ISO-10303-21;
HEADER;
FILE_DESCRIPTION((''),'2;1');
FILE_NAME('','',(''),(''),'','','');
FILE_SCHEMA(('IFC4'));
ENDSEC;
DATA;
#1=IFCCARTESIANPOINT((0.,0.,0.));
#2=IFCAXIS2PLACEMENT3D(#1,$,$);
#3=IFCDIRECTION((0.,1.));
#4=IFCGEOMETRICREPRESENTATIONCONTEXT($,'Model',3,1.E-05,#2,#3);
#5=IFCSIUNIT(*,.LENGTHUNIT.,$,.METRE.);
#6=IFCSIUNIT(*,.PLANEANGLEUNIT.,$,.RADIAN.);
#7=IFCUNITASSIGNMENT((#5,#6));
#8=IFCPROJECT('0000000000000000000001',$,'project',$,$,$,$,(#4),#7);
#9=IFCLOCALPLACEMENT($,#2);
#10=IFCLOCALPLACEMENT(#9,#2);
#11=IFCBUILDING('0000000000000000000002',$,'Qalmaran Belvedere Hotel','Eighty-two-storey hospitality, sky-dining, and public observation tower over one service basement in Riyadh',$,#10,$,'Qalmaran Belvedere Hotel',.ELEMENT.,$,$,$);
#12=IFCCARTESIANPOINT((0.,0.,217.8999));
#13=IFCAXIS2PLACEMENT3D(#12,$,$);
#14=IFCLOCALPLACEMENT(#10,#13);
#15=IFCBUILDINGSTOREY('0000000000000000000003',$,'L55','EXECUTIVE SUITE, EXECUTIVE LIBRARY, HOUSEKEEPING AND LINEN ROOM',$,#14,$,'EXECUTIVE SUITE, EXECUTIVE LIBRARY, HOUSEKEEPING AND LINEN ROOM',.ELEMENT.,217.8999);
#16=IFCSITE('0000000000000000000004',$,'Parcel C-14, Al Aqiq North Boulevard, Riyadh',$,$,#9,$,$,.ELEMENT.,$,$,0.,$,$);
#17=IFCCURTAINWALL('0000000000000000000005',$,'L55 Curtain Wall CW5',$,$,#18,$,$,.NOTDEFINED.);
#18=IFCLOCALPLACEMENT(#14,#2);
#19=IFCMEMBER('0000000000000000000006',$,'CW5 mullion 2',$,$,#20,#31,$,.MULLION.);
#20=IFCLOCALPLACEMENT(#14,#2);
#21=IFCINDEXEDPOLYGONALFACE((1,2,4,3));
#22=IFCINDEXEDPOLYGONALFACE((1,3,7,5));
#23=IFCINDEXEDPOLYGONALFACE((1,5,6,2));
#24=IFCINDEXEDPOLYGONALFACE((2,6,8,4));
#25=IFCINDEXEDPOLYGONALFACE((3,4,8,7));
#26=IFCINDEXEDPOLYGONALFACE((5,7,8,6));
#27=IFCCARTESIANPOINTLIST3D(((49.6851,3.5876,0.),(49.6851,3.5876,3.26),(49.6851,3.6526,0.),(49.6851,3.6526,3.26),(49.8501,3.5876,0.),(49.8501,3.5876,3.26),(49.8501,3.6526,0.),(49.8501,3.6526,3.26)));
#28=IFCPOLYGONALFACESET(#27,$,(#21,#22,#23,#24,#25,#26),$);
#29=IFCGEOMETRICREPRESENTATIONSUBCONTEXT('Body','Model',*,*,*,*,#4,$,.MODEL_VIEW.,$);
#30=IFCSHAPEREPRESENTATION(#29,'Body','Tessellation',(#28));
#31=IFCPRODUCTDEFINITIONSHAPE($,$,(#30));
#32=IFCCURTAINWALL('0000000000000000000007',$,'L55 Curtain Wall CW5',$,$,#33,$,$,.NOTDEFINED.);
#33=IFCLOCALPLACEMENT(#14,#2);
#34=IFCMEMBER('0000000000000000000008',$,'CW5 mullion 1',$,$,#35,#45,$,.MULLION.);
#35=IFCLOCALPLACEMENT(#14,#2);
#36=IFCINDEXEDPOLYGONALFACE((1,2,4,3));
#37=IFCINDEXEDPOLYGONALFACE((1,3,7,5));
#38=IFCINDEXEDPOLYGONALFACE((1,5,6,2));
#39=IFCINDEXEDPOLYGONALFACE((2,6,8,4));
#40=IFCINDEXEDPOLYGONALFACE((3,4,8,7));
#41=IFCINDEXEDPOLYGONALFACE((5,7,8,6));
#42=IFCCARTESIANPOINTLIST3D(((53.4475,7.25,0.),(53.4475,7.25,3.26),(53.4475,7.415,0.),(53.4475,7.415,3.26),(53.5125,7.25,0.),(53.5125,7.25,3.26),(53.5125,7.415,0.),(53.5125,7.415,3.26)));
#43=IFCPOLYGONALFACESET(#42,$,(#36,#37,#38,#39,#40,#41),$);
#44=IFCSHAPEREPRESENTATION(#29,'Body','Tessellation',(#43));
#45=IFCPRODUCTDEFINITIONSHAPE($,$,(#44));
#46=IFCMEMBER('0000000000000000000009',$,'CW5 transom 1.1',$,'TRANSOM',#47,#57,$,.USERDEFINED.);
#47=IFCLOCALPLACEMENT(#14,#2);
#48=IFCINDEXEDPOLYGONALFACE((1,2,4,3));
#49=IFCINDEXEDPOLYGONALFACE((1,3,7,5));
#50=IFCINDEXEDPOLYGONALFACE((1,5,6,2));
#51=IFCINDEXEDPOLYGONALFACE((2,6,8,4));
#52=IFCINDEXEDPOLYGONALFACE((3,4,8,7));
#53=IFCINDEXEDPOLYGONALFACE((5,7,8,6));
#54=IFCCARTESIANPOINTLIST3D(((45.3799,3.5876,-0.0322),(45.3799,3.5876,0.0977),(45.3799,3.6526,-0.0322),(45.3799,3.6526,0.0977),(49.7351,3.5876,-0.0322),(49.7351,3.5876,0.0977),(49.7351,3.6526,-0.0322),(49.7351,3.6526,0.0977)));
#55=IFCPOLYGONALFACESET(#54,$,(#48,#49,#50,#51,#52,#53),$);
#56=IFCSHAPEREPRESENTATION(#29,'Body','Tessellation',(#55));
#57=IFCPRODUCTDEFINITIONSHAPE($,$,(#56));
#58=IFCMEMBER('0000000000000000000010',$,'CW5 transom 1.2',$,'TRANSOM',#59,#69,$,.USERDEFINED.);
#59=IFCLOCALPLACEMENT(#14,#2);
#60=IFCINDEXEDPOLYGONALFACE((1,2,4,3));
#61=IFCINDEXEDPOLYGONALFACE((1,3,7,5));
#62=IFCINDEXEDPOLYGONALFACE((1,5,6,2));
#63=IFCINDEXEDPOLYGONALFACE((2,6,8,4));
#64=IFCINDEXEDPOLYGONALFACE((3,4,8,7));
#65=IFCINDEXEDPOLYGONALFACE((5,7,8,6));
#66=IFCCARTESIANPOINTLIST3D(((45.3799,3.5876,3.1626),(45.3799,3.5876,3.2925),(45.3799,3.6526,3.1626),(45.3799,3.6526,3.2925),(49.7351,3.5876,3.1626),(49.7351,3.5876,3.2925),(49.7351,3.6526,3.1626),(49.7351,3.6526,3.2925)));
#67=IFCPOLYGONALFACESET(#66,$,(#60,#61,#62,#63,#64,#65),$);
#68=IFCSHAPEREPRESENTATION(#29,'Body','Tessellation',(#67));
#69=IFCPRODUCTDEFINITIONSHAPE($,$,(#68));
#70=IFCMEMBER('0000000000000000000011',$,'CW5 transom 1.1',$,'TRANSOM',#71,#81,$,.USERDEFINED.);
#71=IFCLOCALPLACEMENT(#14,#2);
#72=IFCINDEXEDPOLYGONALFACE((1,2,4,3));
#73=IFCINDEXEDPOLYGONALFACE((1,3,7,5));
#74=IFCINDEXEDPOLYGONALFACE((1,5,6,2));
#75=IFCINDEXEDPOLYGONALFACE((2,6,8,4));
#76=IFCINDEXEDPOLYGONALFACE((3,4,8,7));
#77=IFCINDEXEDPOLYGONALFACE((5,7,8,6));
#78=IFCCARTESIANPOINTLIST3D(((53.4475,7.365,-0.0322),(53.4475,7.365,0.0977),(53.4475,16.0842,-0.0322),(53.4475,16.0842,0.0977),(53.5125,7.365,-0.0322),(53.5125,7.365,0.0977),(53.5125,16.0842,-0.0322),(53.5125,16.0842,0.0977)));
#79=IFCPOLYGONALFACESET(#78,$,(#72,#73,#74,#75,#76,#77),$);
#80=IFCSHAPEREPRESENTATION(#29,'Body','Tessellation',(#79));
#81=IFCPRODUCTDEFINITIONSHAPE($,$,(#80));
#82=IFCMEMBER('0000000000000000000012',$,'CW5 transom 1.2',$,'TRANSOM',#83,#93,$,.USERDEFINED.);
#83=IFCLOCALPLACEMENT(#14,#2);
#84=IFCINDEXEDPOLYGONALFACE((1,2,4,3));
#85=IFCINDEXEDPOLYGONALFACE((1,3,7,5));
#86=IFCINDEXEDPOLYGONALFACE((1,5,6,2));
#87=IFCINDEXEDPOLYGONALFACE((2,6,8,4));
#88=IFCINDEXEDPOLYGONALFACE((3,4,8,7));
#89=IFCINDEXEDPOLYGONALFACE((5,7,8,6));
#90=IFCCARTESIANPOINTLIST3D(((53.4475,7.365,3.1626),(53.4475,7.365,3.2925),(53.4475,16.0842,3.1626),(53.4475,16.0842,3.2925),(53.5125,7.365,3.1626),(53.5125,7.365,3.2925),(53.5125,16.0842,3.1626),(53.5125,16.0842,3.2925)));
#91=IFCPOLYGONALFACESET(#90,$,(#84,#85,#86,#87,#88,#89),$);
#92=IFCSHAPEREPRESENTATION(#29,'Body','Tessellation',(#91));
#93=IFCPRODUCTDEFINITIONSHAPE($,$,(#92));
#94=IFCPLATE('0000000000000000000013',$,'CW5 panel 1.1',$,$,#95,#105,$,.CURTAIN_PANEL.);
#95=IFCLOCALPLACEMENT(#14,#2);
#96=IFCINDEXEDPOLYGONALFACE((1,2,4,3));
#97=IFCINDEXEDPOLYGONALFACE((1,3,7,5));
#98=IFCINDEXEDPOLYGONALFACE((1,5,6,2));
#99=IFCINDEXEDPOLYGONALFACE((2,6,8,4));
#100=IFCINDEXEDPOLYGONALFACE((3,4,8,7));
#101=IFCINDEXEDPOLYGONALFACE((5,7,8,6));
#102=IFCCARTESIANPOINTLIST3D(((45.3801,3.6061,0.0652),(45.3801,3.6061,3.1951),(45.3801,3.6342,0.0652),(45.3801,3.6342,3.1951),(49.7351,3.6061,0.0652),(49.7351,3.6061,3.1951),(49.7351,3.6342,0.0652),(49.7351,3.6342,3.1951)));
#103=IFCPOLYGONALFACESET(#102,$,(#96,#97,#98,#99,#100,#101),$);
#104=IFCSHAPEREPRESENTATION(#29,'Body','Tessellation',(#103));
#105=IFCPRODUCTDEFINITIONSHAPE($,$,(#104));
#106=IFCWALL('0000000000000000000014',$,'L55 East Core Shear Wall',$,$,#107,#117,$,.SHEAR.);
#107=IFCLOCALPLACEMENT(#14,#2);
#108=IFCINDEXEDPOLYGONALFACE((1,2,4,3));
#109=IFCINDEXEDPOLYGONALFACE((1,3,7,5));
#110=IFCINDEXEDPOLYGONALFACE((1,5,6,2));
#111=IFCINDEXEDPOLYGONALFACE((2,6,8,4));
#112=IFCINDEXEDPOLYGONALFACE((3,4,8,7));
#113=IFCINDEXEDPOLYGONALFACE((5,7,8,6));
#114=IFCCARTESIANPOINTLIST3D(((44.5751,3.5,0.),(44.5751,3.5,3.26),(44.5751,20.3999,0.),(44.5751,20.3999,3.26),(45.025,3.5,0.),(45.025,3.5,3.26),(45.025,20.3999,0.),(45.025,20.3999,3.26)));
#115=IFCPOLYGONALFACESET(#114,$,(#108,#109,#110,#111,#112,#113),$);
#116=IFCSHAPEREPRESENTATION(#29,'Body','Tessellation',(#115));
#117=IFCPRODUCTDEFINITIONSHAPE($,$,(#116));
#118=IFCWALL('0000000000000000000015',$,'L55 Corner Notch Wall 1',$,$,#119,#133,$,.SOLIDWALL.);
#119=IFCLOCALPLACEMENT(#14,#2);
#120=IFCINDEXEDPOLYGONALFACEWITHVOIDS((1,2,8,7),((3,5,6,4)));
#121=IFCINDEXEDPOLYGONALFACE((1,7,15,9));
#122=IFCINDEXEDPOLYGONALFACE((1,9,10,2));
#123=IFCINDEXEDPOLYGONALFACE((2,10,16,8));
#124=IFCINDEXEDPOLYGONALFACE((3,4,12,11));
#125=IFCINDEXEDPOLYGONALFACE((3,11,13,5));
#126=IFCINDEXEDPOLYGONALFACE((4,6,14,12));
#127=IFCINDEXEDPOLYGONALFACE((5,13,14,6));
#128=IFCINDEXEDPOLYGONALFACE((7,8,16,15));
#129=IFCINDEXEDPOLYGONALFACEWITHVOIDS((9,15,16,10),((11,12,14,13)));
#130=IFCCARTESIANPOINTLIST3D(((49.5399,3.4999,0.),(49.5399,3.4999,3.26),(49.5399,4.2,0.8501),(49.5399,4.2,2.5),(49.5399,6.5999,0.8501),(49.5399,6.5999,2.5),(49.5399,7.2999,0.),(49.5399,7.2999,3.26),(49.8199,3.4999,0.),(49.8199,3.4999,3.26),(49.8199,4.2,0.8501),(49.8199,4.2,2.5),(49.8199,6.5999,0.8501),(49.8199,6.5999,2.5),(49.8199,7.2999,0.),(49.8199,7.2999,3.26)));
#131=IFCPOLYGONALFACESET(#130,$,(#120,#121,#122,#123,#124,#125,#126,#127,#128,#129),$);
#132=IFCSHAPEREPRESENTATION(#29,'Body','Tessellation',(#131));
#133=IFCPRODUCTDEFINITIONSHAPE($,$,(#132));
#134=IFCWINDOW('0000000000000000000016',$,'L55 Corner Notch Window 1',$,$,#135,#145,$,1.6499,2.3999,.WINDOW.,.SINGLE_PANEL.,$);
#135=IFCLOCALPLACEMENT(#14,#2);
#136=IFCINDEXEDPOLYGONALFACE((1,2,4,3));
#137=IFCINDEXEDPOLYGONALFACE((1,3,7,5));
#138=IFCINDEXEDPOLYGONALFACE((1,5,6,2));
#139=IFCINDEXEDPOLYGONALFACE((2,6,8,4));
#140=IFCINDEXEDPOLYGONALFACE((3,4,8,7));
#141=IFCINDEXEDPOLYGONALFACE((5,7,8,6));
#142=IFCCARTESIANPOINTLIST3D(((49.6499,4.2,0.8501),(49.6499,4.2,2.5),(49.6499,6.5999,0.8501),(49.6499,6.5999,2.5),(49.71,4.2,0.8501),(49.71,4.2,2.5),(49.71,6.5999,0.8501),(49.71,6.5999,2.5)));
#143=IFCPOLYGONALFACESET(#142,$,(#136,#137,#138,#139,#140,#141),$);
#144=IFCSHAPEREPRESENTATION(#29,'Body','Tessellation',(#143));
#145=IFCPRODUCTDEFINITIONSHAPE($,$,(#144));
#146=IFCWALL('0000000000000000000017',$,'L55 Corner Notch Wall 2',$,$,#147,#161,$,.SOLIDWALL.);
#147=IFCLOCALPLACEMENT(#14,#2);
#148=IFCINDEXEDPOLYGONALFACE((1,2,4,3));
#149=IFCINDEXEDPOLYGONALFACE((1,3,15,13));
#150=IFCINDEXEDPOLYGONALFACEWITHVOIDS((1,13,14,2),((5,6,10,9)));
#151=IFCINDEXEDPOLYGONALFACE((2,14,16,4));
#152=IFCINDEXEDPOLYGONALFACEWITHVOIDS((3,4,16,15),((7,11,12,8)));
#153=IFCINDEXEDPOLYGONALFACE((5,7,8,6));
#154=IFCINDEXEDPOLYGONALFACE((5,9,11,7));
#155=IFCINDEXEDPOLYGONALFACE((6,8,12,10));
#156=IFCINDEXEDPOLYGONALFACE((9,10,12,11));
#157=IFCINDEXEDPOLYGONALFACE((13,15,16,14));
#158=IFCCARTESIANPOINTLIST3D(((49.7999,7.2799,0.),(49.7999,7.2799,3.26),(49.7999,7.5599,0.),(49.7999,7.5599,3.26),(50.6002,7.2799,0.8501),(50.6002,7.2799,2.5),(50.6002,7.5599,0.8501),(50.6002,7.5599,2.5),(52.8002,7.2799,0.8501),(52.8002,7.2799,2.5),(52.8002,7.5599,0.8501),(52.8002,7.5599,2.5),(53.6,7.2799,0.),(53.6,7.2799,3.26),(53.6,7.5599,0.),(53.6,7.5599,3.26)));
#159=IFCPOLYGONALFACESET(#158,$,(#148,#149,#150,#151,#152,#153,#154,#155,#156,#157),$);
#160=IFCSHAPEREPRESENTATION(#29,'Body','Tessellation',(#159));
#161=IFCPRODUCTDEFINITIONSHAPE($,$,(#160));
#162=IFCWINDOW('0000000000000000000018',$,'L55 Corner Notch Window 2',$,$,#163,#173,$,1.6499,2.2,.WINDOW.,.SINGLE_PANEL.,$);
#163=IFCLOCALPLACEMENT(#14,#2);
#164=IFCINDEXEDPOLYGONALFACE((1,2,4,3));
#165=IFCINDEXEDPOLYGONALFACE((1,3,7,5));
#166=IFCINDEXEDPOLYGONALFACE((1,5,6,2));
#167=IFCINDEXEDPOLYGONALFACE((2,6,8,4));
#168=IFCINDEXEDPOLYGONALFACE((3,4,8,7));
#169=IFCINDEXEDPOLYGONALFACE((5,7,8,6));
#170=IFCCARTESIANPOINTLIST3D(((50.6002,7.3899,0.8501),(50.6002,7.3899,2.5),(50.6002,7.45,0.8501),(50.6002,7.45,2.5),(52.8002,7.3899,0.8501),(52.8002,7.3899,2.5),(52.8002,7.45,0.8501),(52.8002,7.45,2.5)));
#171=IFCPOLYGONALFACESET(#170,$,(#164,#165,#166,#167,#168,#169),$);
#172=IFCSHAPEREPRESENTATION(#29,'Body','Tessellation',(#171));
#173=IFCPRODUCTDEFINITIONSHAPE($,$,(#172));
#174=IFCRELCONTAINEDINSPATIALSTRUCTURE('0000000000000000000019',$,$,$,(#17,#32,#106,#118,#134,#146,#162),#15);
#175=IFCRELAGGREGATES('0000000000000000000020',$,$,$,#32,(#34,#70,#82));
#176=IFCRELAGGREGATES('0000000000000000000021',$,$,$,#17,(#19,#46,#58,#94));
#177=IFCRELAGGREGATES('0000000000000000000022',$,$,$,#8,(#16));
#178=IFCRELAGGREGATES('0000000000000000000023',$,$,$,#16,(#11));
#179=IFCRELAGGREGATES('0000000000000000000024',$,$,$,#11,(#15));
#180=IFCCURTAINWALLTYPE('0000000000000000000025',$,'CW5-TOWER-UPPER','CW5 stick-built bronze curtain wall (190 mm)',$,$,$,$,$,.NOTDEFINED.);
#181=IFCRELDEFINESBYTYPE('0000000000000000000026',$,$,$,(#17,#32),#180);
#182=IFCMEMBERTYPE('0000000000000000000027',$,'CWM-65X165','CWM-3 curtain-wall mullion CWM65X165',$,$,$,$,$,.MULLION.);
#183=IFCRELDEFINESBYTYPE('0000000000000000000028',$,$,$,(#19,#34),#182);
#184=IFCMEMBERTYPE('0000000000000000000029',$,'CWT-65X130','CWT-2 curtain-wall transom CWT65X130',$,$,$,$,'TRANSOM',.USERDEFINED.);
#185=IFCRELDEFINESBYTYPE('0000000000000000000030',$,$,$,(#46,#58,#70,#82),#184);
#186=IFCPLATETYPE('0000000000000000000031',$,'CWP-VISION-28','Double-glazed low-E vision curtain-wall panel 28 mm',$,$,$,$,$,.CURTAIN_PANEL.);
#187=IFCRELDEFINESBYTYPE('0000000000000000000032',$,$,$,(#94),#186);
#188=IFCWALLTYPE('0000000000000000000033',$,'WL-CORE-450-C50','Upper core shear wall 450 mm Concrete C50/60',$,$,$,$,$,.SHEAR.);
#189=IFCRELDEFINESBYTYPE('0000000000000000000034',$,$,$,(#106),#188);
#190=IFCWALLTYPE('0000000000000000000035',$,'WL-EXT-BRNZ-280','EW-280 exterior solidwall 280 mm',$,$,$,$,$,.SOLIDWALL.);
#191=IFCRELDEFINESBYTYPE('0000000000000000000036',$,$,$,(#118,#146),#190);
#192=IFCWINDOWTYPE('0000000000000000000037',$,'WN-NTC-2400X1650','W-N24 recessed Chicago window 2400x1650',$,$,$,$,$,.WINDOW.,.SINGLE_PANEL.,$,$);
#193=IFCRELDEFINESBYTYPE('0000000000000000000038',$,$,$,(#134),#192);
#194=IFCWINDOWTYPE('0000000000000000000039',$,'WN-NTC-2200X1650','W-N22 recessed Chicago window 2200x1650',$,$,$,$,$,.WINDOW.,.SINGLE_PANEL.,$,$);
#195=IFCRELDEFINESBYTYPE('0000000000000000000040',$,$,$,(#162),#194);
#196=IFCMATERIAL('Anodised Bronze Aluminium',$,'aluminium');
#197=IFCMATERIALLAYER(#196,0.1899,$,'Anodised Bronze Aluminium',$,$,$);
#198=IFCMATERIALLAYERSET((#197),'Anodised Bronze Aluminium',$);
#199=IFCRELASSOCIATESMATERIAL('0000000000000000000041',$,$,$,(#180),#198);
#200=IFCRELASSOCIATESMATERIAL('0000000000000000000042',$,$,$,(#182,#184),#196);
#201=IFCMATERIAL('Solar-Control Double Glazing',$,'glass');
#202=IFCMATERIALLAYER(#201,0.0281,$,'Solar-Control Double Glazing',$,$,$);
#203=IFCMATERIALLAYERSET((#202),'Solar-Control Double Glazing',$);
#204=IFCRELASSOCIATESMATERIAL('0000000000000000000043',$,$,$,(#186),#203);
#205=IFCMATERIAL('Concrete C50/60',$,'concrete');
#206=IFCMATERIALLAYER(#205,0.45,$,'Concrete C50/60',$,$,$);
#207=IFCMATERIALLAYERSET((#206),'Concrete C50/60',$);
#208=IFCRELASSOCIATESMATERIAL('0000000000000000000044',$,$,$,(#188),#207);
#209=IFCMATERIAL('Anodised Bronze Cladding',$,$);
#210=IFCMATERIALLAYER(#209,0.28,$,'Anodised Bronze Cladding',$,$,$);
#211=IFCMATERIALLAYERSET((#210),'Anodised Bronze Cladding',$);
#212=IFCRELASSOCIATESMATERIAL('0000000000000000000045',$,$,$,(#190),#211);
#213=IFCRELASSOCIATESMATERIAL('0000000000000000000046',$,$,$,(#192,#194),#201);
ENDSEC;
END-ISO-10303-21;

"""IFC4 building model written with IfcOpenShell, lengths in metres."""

from ifc_helpers import new_model, si_unit, direction, frame, frame_2d, origin, origin_2d, place, context, subcontext, project, spatial, rectangle, extrude, material, layer, layer_set, material_profile, profile_set, type_object, element, fill, aggregate, save


model = new_model("IFC4")

# Units and contexts
model_context = context("Model", 3, precision=1e-05, world=origin(), true_north=direction((0.0, 1.0)))
body_context = subcontext(model_context, "Body", "Model", "MODEL_VIEW")
ifc_project = project(units=[si_unit("LENGTHUNIT", "METRE"), si_unit("PLANEANGLEUNIT", "RADIAN")], contexts=[model_context])

# Site, building, storey
site_placement = place(None, origin())
site = spatial("IfcSite", under=ifc_project, at=site_placement, Name="Parcel C-14, Al Aqiq North Boulevard, Riyadh", CompositionType="ELEMENT", RefElevation=0.0)
building_placement = place(site_placement, origin())
building = spatial("IfcBuilding", under=site, at=building_placement, Name="Qalmaran Belvedere Hotel", Description="Eighty-two-storey hospitality, sky-dining, and public observation tower over one service basement in Riyadh", LongName="Qalmaran Belvedere Hotel", CompositionType="ELEMENT")
storey_placement = place(building_placement, frame((0.0, 0.0, 217.8999)))
storey = spatial("IfcBuildingStorey", under=building, at=storey_placement, Name="L55", Description="EXECUTIVE SUITE, EXECUTIVE LIBRARY, HOUSEKEEPING AND LINEN ROOM", LongName="EXECUTIVE SUITE, EXECUTIVE LIBRARY, HOUSEKEEPING AND LINEN ROOM", CompositionType="ELEMENT", Elevation=217.8999)

# Shared definitions
ifc_material_1 = material(Name="Concrete C50/60", Category="concrete")

# Curtain wall, member
ifc_material_2 = material(Name="Anodised Bronze Aluminium", Category="aluminium")
ifc_layer_1 = layer(ifc_material_2, 0.1899, Name="Anodised Bronze Aluminium")
ifc_layer_set_1 = layer_set([ifc_layer_1], Name="Anodised Bronze Aluminium")
curtain_wall_type = type_object("IfcCurtainWallType", Name="CW5-TOWER-UPPER", Description="CW5 stick-built bronze curtain wall (190 mm)", PredefinedType="NOTDEFINED", material=ifc_layer_set_1)
curtain_wall_1_placement = place(storey_placement, origin())
curtain_wall_1 = element("IfcCurtainWall", 1, at=curtain_wall_1_placement, inside=storey, type_object=curtain_wall_type, Name="L55 Curtain Wall CW5", PredefinedType="NOTDEFINED")
ifc_material_profile_1 = material_profile(ifc_material_2, rectangle(XDim=0.0649, YDim=0.165, at=origin_2d()), Name="CWM65X165")
ifc_profile_set_1 = profile_set([ifc_material_profile_1], Name="Anodised Bronze Aluminium")
member_type_1 = type_object("IfcMemberType", Name="CWM-65X165", Description="CWM-3 curtain-wall mullion CWM65X165", PredefinedType="MULLION", material=ifc_profile_set_1)
member_1_placement = place(storey_placement, frame((49.7676, 3.6201, 0.0), z_axis=(0.0, 0.0, 1.0), x_axis=(0.0, 1.0, 0.0)))
member_1 = element("IfcMember", 2, at=member_1_placement, type_object=member_type_1, Name="CW5 mullion 2", PredefinedType="MULLION", context=body_context, shape_type="SweptSolid", body=[
    extrude(rectangle(XDim=0.0649, YDim=0.165, at=origin_2d()), origin(), (0.0, 0.0, 1.0), 3.26),
])

# Curtain wall, member
curtain_wall_2_placement = place(storey_placement, origin())
curtain_wall_2 = element("IfcCurtainWall", 3, at=curtain_wall_2_placement, inside=storey, type_object=curtain_wall_type, Name="L55 Curtain Wall CW5", PredefinedType="NOTDEFINED")
member_2_placement = place(storey_placement, frame((53.48, 7.3325, 0.0), z_axis=(0.0, 0.0, 1.0), x_axis=(-1.0, 0.0, 0.0)))
member_2 = element("IfcMember", 4, at=member_2_placement, type_object=member_type_1, Name="CW5 mullion 1", PredefinedType="MULLION", context=body_context, shape_type="SweptSolid", body=[
    extrude(rectangle(XDim=0.0649, YDim=0.165, at=origin_2d()), origin(), (0.0, 0.0, 1.0), 3.26),
])

# Members
ifc_material_profile_2 = material_profile(ifc_material_2, rectangle(XDim=0.0649, YDim=0.1299, at=origin_2d()), Name="CWT65X130")
ifc_profile_set_2 = profile_set([ifc_material_profile_2], Name="Anodised Bronze Aluminium")
member_type_2 = type_object("IfcMemberType", Name="CWT-65X130", Description="CWT-2 curtain-wall transom CWT65X130", ElementType="TRANSOM", PredefinedType="USERDEFINED", material=ifc_profile_set_2)
member_3_placement = place(storey_placement, frame((45.3799, 3.6201, 0.0327), z_axis=(1.0, 0.0, 0.0), x_axis=(0.0, 1.0, 0.0)))
member_3 = element("IfcMember", 5, at=member_3_placement, type_object=member_type_2, Name="CW5 transom 1.1", ObjectType="TRANSOM", PredefinedType="USERDEFINED", context=body_context, shape_type="SweptSolid", body=[
    extrude(rectangle(XDim=0.0649, YDim=0.1299, at=origin_2d()), origin(), (0.0, 0.0, 1.0), 4.3552),
])
member_4_placement = place(storey_placement, frame((45.3799, 3.6201, 3.2275), z_axis=(1.0, 0.0, 0.0), x_axis=(0.0, 1.0, 0.0)))
member_4 = element("IfcMember", 6, at=member_4_placement, type_object=member_type_2, Name="CW5 transom 1.2", ObjectType="TRANSOM", PredefinedType="USERDEFINED", context=body_context, shape_type="SweptSolid", body=[
    extrude(rectangle(XDim=0.0649, YDim=0.1299, at=origin_2d()), origin(), (0.0, 0.0, 1.0), 4.3552),
])
member_5_placement = place(storey_placement, frame((53.48, 7.365, 0.0327), z_axis=(0.0, 1.0, 0.0), x_axis=(-1.0, 0.0, 0.0)))
member_5 = element("IfcMember", 7, at=member_5_placement, type_object=member_type_2, Name="CW5 transom 1.1", ObjectType="TRANSOM", PredefinedType="USERDEFINED", context=body_context, shape_type="SweptSolid", body=[
    extrude(rectangle(XDim=0.0649, YDim=0.1299, at=origin_2d()), origin(), (0.0, 0.0, 1.0), 8.7192),
])
member_6_placement = place(storey_placement, frame((53.48, 7.365, 3.2275), z_axis=(0.0, 1.0, 0.0), x_axis=(-1.0, 0.0, 0.0)))
member_6 = element("IfcMember", 8, at=member_6_placement, type_object=member_type_2, Name="CW5 transom 1.2", ObjectType="TRANSOM", PredefinedType="USERDEFINED", context=body_context, shape_type="SweptSolid", body=[
    extrude(rectangle(XDim=0.0649, YDim=0.1299, at=origin_2d()), origin(), (0.0, 0.0, 1.0), 8.7192),
])
aggregate(curtain_wall_2, [member_2, member_5, member_6])

# Plate
ifc_material_3 = material(Name="Solar-Control Double Glazing", Category="glass")
ifc_layer_2 = layer(ifc_material_3, 0.0281, Name="Solar-Control Double Glazing")
ifc_layer_set_2 = layer_set([ifc_layer_2], Name="Solar-Control Double Glazing")
plate_type = type_object("IfcPlateType", Name="CWP-VISION-28", Description="Double-glazed low-E vision curtain-wall panel 28 mm", PredefinedType="CURTAIN_PANEL", material=ifc_layer_set_2)
plate_placement = place(storey_placement, frame((47.5576, 3.6201, 0.0652), z_axis=(0.0, 0.0, 1.0), x_axis=(1.0, 0.0, 0.0)))
plate = element("IfcPlate", 9, at=plate_placement, type_object=plate_type, Name="CW5 panel 1.1", PredefinedType="CURTAIN_PANEL", context=body_context, shape_type="SweptSolid", body=[
    extrude(rectangle(XDim=4.355, YDim=0.0281, at=origin_2d()), origin(), (0.0, 0.0, 1.0), 3.1299),
])
aggregate(curtain_wall_1, [member_1, member_3, member_4, plate])

# Wall
ifc_layer_3 = layer(ifc_material_1, 0.45, Name="Concrete C50/60")
ifc_layer_set_3 = layer_set([ifc_layer_3], Name="Concrete C50/60")
wall_type_1 = type_object("IfcWallType", Name="WL-CORE-450-C50", Description="Upper core shear wall 450 mm Concrete C50/60", PredefinedType="SHEAR", material=ifc_layer_set_3)
wall_1_placement = place(storey_placement, frame((44.8, 3.5, 0.0), z_axis=(0.0, 0.0, 1.0), x_axis=(0.0, 1.0, 0.0)))
element("IfcWall", 10, at=wall_1_placement, inside=storey, type_object=wall_type_1, Name="L55 East Core Shear Wall", PredefinedType="SHEAR", context=body_context, shape_type="SweptSolid", body=[
    extrude(rectangle(XDim=16.8999, YDim=0.45, at=frame_2d((8.45, 0.0))), origin(), (0.0, 0.0, 1.0), 3.26),
])

# Walls, openings, windows
ifc_material_4 = material(Name="Anodised Bronze Cladding")
ifc_layer_4 = layer(ifc_material_4, 0.28, Name="Anodised Bronze Cladding")
ifc_layer_set_4 = layer_set([ifc_layer_4], Name="Anodised Bronze Cladding")
wall_type_2 = type_object("IfcWallType", Name="WL-EXT-BRNZ-280", Description="EW-280 exterior solidwall 280 mm", PredefinedType="SOLIDWALL", material=ifc_layer_set_4)
wall_2_placement = place(storey_placement, frame((49.6799, 3.5, 0.0), z_axis=(0.0, 0.0, 1.0), x_axis=(0.0, 1.0, 0.0)))
wall_2 = element("IfcWall", 11, at=wall_2_placement, inside=storey, type_object=wall_type_2, Name="L55 Corner Notch Wall 1", PredefinedType="SOLIDWALL", context=body_context, shape_type="SweptSolid", body=[
    extrude(rectangle(XDim=3.8, YDim=0.28, at=frame_2d((1.8999, 0.0))), origin(), (0.0, 0.0, 1.0), 3.26),
])
opening_1_placement = place(wall_2_placement, frame((0.7, 0.0, 0.8501)))
opening_1 = element("IfcOpeningElement", 12, at=opening_1_placement, cuts=wall_2, PredefinedType="OPENING", context=body_context, shape_type="SweptSolid", body=[
    extrude(rectangle(XDim=2.3999, YDim=1.6499, at=frame_2d((1.2, 0.825))), frame((0.0, 0.1499, 0.0), z_axis=(0.0, -1.0, 0.0), x_axis=(1.0, 0.0, 0.0)), (0.0, 0.0, 1.0), 0.3),
])
window_type_1 = type_object("IfcWindowType", Name="WN-NTC-2400X1650", Description="W-N24 recessed Chicago window 2400x1650", PartitioningType="SINGLE_PANEL", PredefinedType="WINDOW", material=ifc_material_3)
window_1_placement = place(opening_1_placement, origin())
window_1 = element("IfcWindow", 13, at=window_1_placement, inside=storey, type_object=window_type_1, Name="L55 Corner Notch Window 1", OverallHeight=1.6499, OverallWidth=2.3999, PartitioningType="SINGLE_PANEL", PredefinedType="WINDOW", context=body_context, shape_type="SweptSolid", body=[
    extrude(rectangle(XDim=2.3999, YDim=1.6499, at=frame_2d((1.2, 0.825))), frame((0.0, 0.03, 0.0), z_axis=(0.0, -1.0, 0.0), x_axis=(1.0, 0.0, 0.0)), (0.0, 0.0, 1.0), 0.0601),
])
fill(opening_1, window_1)
wall_3_placement = place(storey_placement, frame((49.8, 7.4199, 0.0), z_axis=(0.0, 0.0, 1.0), x_axis=(1.0, 0.0, 0.0)))
wall_3 = element("IfcWall", 14, at=wall_3_placement, inside=storey, type_object=wall_type_2, Name="L55 Corner Notch Wall 2", PredefinedType="SOLIDWALL", context=body_context, shape_type="SweptSolid", body=[
    extrude(rectangle(XDim=3.8, YDim=0.28, at=frame_2d((1.8999, 0.0))), origin(), (0.0, 0.0, 1.0), 3.26),
])
opening_2_placement = place(wall_3_placement, frame((0.8, 0.0, 0.8501)))
opening_2 = element("IfcOpeningElement", 15, at=opening_2_placement, cuts=wall_3, PredefinedType="OPENING", context=body_context, shape_type="SweptSolid", body=[
    extrude(rectangle(XDim=2.2, YDim=1.6499, at=frame_2d((1.1001, 0.825))), frame((0.0, 0.1499, 0.0), z_axis=(0.0, -1.0, 0.0), x_axis=(1.0, 0.0, 0.0)), (0.0, 0.0, 1.0), 0.3),
])
window_type_2 = type_object("IfcWindowType", Name="WN-NTC-2200X1650", Description="W-N22 recessed Chicago window 2200x1650", PartitioningType="SINGLE_PANEL", PredefinedType="WINDOW", material=ifc_material_3)
window_2_placement = place(opening_2_placement, origin())
window_2 = element("IfcWindow", 16, at=window_2_placement, inside=storey, type_object=window_type_2, Name="L55 Corner Notch Window 2", OverallHeight=1.6499, OverallWidth=2.2, PartitioningType="SINGLE_PANEL", PredefinedType="WINDOW", context=body_context, shape_type="SweptSolid", body=[
    extrude(rectangle(XDim=2.2, YDim=1.6499, at=frame_2d((1.1001, 0.825))), frame((0.0, 0.03, 0.0), z_axis=(0.0, -1.0, 0.0), x_axis=(1.0, 0.0, 0.0)), (0.0, 0.0, 1.0), 0.0601),
])
fill(opening_2, window_2)

save(model, "model.ifc")
